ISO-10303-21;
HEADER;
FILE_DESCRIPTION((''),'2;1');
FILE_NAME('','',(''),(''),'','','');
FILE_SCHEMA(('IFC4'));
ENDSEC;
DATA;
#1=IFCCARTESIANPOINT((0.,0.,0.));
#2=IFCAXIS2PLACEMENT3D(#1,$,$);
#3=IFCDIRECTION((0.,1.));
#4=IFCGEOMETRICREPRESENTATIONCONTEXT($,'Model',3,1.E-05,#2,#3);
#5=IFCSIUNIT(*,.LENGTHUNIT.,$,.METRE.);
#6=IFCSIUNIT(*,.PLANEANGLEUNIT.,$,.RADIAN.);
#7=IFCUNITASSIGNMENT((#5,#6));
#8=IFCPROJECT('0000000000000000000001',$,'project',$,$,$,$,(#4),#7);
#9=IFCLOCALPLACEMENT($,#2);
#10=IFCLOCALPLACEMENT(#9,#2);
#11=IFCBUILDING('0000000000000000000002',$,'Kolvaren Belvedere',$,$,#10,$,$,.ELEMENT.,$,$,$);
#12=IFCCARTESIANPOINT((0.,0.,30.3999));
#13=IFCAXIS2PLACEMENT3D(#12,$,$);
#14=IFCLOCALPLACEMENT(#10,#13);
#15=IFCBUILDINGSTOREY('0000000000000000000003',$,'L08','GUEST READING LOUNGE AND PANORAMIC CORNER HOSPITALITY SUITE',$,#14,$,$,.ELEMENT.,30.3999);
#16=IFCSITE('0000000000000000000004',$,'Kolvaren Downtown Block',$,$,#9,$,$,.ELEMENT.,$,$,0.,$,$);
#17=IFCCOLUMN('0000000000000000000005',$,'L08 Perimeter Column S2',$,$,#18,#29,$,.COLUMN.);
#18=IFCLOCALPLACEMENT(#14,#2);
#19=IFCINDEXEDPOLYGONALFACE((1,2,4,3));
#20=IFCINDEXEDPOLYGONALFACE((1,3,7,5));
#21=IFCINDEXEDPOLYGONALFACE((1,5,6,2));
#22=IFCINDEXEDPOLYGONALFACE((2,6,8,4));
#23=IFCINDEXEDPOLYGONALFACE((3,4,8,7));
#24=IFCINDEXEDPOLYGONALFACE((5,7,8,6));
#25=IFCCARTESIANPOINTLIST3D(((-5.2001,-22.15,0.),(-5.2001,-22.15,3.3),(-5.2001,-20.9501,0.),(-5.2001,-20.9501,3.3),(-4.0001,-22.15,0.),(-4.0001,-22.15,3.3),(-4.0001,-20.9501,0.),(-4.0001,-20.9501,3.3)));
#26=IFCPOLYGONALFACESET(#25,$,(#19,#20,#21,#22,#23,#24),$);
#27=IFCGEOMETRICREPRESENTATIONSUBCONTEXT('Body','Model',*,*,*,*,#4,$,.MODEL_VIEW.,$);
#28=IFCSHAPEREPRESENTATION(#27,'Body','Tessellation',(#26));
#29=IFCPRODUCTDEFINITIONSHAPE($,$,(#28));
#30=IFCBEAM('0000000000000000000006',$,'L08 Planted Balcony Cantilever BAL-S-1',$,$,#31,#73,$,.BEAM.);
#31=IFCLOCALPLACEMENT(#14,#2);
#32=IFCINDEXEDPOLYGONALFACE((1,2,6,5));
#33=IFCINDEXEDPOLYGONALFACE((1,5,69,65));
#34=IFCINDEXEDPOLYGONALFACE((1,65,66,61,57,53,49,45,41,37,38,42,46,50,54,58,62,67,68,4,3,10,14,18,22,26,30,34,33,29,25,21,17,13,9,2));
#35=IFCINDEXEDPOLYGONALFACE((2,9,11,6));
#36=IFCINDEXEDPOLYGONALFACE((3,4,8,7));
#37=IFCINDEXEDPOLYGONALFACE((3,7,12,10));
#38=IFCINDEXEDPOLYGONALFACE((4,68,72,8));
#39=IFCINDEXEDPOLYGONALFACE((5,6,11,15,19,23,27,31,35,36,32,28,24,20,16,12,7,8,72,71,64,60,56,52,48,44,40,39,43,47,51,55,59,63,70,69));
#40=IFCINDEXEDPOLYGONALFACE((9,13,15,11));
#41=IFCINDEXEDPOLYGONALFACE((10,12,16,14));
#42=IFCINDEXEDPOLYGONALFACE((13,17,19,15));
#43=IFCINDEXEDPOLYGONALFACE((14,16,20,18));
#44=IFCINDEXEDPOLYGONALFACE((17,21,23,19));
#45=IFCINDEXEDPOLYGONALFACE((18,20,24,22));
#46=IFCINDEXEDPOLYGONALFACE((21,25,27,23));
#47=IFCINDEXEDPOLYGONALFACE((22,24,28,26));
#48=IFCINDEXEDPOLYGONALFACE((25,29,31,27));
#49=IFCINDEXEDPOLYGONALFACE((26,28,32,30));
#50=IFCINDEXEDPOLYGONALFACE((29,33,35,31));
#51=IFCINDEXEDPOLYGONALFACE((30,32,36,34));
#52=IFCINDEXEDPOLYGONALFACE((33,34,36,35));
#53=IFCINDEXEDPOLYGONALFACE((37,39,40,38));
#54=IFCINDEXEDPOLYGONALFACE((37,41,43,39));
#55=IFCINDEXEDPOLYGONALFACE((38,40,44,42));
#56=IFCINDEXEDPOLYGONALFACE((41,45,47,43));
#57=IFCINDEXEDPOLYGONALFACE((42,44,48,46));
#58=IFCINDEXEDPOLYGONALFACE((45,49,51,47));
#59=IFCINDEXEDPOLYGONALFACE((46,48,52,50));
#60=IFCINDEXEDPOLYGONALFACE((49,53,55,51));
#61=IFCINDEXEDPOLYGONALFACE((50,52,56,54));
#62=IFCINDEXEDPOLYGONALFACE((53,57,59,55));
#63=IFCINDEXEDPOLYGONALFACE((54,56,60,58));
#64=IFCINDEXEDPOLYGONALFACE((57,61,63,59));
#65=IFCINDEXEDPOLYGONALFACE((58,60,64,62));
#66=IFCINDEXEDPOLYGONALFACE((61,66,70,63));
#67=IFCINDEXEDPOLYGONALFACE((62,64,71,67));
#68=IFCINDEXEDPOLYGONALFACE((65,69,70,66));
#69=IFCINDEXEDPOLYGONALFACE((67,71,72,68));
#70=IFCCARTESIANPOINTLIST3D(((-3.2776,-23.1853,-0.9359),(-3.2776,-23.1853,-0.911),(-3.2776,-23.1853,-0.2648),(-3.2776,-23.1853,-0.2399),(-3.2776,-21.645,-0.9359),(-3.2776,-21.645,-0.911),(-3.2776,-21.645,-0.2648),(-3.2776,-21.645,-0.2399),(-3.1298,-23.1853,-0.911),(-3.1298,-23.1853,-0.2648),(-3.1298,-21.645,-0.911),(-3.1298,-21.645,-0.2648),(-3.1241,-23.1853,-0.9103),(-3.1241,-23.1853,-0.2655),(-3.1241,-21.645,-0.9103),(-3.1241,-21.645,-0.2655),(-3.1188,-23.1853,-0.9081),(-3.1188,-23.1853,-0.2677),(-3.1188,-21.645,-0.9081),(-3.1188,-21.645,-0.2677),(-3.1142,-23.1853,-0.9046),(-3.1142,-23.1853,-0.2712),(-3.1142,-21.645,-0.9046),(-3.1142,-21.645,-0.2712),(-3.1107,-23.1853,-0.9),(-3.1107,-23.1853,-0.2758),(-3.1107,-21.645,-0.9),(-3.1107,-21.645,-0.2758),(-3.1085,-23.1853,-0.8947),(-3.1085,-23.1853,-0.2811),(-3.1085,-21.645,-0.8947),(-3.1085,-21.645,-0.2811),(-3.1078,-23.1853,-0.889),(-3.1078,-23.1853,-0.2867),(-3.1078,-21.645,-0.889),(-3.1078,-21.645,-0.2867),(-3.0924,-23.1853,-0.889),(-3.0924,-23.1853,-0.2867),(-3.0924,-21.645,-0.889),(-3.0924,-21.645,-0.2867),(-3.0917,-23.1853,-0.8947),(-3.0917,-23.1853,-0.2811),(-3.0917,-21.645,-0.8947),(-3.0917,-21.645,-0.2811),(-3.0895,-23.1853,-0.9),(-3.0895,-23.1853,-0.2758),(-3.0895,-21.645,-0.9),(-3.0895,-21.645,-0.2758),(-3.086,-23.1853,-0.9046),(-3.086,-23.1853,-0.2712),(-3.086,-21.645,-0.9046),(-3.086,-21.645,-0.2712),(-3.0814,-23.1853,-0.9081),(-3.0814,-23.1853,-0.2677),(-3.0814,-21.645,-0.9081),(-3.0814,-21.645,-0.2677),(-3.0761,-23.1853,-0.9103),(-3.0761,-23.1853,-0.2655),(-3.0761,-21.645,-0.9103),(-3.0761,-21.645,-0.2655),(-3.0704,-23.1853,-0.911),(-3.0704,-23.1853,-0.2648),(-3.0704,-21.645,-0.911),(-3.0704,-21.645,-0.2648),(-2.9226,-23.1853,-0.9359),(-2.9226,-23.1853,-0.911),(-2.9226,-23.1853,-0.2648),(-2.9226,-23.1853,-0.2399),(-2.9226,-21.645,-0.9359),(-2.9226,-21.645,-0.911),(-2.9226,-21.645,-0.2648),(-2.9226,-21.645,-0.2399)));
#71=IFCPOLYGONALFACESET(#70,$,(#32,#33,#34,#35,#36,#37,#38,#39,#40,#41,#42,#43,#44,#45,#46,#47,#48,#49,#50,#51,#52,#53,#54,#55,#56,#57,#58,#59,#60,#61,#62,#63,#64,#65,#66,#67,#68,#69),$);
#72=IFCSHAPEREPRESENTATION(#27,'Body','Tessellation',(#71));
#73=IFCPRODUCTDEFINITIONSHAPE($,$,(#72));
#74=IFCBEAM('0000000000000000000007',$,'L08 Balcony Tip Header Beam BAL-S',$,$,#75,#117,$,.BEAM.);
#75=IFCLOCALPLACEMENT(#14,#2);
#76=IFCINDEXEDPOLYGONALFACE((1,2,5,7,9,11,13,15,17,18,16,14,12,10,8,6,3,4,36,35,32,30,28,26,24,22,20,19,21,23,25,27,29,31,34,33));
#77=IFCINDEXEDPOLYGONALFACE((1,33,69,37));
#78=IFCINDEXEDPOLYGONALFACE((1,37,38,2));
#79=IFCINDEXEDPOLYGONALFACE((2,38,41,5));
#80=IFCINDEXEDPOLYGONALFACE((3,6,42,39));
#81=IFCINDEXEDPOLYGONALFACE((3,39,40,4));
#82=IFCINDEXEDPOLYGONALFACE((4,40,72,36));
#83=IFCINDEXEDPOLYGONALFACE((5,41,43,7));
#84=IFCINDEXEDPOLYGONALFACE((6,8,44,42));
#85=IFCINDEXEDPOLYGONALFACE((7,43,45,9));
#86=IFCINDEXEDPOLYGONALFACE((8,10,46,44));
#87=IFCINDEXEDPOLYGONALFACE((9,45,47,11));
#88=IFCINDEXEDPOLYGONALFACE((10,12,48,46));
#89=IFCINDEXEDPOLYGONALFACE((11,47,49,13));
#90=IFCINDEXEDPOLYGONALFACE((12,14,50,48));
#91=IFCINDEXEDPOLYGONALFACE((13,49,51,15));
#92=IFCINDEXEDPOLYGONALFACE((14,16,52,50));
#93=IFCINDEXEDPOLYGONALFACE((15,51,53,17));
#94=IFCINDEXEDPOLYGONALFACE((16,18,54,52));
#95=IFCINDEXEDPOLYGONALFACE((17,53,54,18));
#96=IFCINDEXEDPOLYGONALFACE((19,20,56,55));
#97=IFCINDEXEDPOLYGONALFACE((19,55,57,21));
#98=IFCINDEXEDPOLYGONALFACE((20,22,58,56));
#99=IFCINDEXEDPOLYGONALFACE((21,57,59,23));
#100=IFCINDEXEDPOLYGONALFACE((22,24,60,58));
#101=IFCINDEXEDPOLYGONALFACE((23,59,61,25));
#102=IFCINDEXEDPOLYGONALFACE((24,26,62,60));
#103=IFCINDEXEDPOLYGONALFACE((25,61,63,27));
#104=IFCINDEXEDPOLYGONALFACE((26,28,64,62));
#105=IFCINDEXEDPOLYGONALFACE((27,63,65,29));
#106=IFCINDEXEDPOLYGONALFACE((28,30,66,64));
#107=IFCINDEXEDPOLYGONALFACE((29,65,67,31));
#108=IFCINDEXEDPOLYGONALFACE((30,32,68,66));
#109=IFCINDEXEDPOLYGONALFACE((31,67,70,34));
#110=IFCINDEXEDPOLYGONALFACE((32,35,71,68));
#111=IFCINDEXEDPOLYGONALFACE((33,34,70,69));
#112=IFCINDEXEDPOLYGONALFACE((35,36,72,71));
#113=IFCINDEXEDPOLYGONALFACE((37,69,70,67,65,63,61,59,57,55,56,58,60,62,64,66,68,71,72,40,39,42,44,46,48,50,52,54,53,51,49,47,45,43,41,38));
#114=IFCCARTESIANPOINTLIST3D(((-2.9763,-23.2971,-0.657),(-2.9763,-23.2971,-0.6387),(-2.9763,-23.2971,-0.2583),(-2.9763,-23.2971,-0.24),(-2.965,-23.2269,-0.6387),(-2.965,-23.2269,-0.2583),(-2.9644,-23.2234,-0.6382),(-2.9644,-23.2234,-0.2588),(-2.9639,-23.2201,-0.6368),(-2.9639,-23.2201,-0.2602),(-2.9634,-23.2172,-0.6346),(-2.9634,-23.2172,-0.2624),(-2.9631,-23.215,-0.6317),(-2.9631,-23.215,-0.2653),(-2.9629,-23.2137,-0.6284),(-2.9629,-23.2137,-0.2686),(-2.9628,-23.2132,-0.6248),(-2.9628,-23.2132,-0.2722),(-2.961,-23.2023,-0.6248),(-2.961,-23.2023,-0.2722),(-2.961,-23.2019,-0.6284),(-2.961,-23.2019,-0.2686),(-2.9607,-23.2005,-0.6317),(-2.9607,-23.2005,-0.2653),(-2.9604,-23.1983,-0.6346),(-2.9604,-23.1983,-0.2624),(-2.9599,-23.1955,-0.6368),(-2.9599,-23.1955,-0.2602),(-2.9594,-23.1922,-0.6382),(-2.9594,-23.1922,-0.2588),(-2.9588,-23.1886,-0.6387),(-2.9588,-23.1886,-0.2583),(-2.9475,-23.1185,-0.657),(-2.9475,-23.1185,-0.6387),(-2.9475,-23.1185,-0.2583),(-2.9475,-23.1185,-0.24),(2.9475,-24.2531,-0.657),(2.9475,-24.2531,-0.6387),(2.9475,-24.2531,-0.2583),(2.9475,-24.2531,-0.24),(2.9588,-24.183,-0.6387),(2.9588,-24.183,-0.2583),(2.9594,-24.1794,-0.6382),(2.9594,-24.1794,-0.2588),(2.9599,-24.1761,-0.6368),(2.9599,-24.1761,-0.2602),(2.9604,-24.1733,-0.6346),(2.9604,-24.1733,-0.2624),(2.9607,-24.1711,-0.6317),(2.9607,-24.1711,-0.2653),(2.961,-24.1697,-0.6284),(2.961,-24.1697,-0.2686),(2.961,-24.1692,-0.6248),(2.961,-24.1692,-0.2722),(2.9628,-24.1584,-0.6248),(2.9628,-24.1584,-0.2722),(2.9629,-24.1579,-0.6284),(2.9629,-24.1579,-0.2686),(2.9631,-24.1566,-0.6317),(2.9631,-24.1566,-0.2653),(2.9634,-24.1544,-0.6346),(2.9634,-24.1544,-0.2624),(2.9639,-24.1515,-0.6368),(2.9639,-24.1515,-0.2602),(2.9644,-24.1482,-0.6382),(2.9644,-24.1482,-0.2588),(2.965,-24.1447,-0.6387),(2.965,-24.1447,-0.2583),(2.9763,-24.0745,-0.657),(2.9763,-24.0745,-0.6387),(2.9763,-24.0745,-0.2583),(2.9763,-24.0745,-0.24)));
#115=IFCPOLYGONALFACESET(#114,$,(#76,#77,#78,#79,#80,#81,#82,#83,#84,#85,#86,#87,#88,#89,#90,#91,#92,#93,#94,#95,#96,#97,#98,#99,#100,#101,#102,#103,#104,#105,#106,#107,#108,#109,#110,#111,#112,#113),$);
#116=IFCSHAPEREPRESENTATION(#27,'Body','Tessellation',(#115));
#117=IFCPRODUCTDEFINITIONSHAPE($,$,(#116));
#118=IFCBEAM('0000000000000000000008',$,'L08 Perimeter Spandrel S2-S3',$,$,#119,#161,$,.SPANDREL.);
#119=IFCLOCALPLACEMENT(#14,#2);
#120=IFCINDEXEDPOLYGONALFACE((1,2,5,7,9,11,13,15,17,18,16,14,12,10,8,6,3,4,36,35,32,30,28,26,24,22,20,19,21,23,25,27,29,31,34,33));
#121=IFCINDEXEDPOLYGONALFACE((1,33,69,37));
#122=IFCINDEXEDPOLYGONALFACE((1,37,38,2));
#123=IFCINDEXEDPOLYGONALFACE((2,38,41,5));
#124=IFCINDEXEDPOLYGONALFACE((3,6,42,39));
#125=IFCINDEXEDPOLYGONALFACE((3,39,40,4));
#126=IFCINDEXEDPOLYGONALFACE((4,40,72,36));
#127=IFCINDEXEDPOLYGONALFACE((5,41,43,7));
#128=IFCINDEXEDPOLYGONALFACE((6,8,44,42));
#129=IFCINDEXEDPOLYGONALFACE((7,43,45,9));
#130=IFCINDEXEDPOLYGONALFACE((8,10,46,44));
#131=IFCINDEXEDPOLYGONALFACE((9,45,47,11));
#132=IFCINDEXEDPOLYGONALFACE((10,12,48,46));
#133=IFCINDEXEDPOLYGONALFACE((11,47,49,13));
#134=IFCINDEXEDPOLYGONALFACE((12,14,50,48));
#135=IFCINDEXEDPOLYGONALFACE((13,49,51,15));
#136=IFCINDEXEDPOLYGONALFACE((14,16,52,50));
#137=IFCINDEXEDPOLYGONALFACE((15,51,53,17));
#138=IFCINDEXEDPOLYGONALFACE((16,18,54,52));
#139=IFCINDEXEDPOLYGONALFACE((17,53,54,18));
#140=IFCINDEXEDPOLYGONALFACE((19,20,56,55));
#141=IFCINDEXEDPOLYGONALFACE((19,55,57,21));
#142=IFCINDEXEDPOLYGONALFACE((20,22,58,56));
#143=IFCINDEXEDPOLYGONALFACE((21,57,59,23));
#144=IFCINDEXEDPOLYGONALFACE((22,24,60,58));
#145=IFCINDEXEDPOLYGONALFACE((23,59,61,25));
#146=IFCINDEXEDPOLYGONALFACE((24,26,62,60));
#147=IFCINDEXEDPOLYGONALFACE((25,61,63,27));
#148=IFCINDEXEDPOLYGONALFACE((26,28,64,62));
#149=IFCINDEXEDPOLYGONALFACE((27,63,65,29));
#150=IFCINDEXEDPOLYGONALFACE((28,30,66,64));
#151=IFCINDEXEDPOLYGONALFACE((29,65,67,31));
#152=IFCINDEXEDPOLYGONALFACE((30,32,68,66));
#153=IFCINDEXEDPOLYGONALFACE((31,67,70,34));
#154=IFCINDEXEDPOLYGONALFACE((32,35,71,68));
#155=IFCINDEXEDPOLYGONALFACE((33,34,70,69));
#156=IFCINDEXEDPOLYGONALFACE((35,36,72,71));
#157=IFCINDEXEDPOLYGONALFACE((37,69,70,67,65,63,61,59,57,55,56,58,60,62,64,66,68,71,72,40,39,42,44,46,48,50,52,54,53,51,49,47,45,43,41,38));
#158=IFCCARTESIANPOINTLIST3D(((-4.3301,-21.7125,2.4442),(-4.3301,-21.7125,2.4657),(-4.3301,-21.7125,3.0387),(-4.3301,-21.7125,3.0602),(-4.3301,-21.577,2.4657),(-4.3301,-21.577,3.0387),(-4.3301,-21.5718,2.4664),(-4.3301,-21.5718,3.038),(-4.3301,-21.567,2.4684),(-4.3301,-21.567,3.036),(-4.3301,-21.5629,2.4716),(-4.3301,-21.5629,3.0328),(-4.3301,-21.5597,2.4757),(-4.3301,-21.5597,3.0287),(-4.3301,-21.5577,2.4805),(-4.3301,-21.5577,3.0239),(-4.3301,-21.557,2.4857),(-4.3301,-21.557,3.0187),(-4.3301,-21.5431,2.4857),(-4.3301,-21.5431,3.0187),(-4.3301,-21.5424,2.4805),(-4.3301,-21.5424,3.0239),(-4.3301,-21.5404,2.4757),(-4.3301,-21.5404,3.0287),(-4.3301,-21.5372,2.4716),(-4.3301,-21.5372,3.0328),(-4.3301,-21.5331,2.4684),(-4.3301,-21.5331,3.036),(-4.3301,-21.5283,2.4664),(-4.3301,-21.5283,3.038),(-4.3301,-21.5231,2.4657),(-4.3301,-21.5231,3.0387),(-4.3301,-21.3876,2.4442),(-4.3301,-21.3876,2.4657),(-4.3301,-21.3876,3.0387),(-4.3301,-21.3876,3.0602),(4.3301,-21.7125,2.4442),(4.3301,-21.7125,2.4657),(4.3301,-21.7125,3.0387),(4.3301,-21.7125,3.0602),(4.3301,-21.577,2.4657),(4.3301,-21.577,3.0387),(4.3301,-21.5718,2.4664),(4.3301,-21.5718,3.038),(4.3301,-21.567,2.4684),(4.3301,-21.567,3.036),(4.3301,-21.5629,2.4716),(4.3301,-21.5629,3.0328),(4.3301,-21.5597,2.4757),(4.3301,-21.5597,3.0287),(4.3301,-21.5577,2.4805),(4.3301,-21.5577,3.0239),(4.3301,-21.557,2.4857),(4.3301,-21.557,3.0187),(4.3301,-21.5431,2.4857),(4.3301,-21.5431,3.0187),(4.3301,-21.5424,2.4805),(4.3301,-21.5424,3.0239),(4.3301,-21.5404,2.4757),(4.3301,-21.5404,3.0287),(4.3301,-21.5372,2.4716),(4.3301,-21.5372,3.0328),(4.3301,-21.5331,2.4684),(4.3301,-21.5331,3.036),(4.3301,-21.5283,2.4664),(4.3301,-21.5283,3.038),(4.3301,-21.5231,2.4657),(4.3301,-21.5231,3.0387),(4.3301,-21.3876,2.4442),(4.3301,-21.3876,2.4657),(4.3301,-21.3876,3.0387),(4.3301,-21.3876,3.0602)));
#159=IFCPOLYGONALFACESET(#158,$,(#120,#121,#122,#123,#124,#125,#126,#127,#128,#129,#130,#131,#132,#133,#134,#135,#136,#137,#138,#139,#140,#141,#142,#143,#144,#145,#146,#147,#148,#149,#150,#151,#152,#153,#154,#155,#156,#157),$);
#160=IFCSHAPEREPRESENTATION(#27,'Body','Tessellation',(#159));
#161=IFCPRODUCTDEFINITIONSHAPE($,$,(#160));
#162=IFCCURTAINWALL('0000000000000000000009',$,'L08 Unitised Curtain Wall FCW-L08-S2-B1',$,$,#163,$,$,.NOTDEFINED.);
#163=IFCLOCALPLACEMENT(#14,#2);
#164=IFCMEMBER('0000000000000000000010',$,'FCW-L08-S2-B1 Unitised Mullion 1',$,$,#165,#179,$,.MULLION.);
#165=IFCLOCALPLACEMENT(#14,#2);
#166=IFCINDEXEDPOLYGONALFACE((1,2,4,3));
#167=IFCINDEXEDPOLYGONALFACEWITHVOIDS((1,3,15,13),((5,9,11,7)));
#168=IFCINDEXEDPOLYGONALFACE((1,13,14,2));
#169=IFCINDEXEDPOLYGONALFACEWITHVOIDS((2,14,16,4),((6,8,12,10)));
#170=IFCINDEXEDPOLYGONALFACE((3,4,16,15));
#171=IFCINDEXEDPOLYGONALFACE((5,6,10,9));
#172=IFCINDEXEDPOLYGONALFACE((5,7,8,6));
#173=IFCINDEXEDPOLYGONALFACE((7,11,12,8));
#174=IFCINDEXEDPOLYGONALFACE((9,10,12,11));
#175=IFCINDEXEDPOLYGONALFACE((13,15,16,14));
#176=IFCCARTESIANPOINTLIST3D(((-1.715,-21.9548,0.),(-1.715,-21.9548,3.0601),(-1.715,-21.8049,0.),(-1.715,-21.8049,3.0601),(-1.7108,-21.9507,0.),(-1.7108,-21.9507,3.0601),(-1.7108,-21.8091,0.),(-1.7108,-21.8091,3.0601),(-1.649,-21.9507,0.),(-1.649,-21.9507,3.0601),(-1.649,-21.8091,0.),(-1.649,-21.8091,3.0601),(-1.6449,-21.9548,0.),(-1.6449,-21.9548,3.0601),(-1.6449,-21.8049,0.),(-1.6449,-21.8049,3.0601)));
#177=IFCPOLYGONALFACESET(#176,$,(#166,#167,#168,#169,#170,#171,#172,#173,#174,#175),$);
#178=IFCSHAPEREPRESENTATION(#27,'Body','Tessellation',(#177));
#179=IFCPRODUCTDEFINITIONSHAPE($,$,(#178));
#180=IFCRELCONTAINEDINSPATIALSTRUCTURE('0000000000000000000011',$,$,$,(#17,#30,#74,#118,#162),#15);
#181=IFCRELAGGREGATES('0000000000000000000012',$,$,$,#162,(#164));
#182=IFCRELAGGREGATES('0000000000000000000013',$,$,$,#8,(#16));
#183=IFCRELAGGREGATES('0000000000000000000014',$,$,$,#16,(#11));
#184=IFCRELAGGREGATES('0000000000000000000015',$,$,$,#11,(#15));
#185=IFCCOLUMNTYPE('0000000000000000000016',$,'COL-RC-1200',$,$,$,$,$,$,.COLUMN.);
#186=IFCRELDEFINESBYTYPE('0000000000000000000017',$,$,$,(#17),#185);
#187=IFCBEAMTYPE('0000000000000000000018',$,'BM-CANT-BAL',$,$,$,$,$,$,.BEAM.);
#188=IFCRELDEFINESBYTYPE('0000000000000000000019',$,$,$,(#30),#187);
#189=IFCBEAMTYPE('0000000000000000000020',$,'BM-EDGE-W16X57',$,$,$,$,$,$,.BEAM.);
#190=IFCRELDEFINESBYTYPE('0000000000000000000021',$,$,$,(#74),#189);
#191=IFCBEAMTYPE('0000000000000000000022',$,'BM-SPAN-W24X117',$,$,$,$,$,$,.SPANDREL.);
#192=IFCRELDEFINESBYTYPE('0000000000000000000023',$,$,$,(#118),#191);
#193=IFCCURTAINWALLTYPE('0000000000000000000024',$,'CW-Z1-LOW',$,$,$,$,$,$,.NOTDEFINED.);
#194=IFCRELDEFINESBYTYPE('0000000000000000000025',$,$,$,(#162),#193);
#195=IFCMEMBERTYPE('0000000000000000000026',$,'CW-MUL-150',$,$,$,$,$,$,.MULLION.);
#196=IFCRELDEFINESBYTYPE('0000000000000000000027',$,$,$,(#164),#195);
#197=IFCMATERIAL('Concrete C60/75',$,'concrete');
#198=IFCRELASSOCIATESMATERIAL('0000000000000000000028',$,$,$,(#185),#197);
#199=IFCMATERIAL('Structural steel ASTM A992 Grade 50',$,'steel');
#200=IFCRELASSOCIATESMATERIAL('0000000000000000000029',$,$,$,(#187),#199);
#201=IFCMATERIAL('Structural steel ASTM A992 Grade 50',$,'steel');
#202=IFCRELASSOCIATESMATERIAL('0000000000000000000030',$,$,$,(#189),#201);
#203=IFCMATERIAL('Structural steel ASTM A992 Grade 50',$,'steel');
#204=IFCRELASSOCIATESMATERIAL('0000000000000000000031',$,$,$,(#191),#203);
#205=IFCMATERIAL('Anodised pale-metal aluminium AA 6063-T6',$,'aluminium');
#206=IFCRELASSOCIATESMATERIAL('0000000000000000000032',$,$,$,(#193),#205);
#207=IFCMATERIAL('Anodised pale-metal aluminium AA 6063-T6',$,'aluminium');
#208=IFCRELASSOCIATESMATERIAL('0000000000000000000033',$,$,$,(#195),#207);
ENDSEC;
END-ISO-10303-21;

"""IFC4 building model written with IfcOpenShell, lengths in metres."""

from ifc_helpers import new_model, si_unit, direction, frame, origin, origin_2d, place, context, subcontext, project, spatial, rectangle, hollow_rectangle, i_section, extrude, material, material_profile, profile_set, type_object, element, aggregate, save


model = new_model("IFC4")

# Units and contexts
model_context = context("Model", 3, precision=1e-05, world=origin(), true_north=direction((0.0, 1.0)))
body_context = subcontext(model_context, "Body", "Model", "MODEL_VIEW")
ifc_project = project(units=[si_unit("LENGTHUNIT", "METRE"), si_unit("PLANEANGLEUNIT", "RADIAN")], contexts=[model_context])

# Site, building, storey
site_placement = place(None, origin())
site = spatial("IfcSite", under=ifc_project, at=site_placement, Name="Kolvaren Downtown Block", CompositionType="ELEMENT", RefElevation=0.0)
building_placement = place(site_placement, origin())
building = spatial("IfcBuilding", under=site, at=building_placement, Name="Kolvaren Belvedere", CompositionType="ELEMENT")
storey_placement = place(building_placement, frame((0.0, 0.0, 30.3999)))
storey = spatial("IfcBuildingStorey", under=building, at=storey_placement, Name="L08", Description="GUEST READING LOUNGE AND PANORAMIC CORNER HOSPITALITY SUITE", CompositionType="ELEMENT", Elevation=30.3999)

# Column
ifc_material_1 = material(Name="Concrete C60/75", Category="concrete")
ifc_material_profile_1 = material_profile(ifc_material_1, rectangle(XDim=1.2, YDim=1.2, at=origin_2d()), Name="RC 1200X1200")
ifc_profile_set_1 = profile_set([ifc_material_profile_1], Name="Concrete C60/75")
column_type = type_object("IfcColumnType", Name="COL-RC-1200", PredefinedType="COLUMN", material=ifc_profile_set_1)
column_placement = place(storey_placement, frame((-4.6001, -21.55, 0.0), z_axis=(0.0, 0.0, 1.0), x_axis=(1.0, 0.0, 0.0)))
element("IfcColumn", 1, at=column_placement, inside=storey, type_object=column_type, Name="L08 Perimeter Column S2", PredefinedType="COLUMN", context=body_context, shape_type="SweptSolid", body=[
    extrude(rectangle(XDim=1.2, YDim=1.2, at=origin_2d()), origin(), (0.0, 0.0, 1.0), 3.3),
])

# Beams
ifc_material_2 = material(Name="Structural steel ASTM A992 Grade 50", Category="steel")
ifc_material_profile_2 = material_profile(ifc_material_2, i_section(OverallWidth=0.355, OverallDepth=0.696, WebThickness=0.0154, FlangeThickness=0.0249, FilletRadius=0.022, at=origin_2d()), Name="W27X146")
ifc_profile_set_2 = profile_set([ifc_material_profile_2], Name="Structural steel ASTM A992 Grade 50")
beam_type_1 = type_object("IfcBeamType", Name="BM-CANT-BAL", PredefinedType="BEAM", material=ifc_profile_set_2)
beam_1_placement = place(storey_placement, frame((-3.1001, -21.645, -0.5879), z_axis=(0.0, -1.0, 0.0), x_axis=(1.0, 0.0, 0.0)))
element("IfcBeam", 2, at=beam_1_placement, inside=storey, type_object=beam_type_1, Name="L08 Planted Balcony Cantilever BAL-S-1", PredefinedType="BEAM", context=body_context, shape_type="SweptSolid", body=[
    extrude(i_section(OverallWidth=0.355, OverallDepth=0.696, WebThickness=0.0154, FlangeThickness=0.0249, FilletRadius=0.022, at=origin_2d()), origin(), (0.0, 0.0, 1.0), 1.5403),
])
ifc_material_3 = material(Name="Structural steel ASTM A992 Grade 50", Category="steel")
ifc_material_profile_3 = material_profile(ifc_material_3, i_section(OverallWidth=0.1809, OverallDepth=0.417, WebThickness=0.011, FlangeThickness=0.0183, FilletRadius=0.0139, at=origin_2d()), Name="W16X57")
ifc_profile_set_3 = profile_set([ifc_material_profile_3], Name="Structural steel ASTM A992 Grade 50")
beam_type_2 = type_object("IfcBeamType", Name="BM-EDGE-W16X57", PredefinedType="BEAM", material=ifc_profile_set_3)
beam_2_placement = place(storey_placement, frame((-2.9619, -23.2078, -0.4485), z_axis=(0.987225, -0.15933, 0.0), x_axis=(0.15933, 0.987225, 0.0)))
element("IfcBeam", 3, at=beam_2_placement, inside=storey, type_object=beam_type_2, Name="L08 Balcony Tip Header Beam BAL-S", PredefinedType="BEAM", context=body_context, shape_type="SweptSolid", body=[
    extrude(i_section(OverallWidth=0.1809, OverallDepth=0.417, WebThickness=0.011, FlangeThickness=0.0183, FilletRadius=0.0139, at=origin_2d()), origin(), (0.0, 0.0, 1.0), 6.0005),
])
ifc_material_4 = material(Name="Structural steel ASTM A992 Grade 50", Category="steel")
ifc_material_profile_4 = material_profile(ifc_material_4, i_section(OverallWidth=0.325, OverallDepth=0.616, WebThickness=0.0139, FlangeThickness=0.0215, FilletRadius=0.02, at=origin_2d()), Name="W24X117")
ifc_profile_set_4 = profile_set([ifc_material_profile_4], Name="Structural steel ASTM A992 Grade 50")
beam_type_3 = type_object("IfcBeamType", Name="BM-SPAN-W24X117", PredefinedType="SPANDREL", material=ifc_profile_set_4)
beam_3_placement = place(storey_placement, frame((-4.3301, -21.55, 2.7522), z_axis=(1.0, 0.0, 0.0), x_axis=(0.0, 1.0, 0.0)))
element("IfcBeam", 4, at=beam_3_placement, inside=storey, type_object=beam_type_3, Name="L08 Perimeter Spandrel S2-S3", PredefinedType="SPANDREL", context=body_context, shape_type="SweptSolid", body=[
    extrude(i_section(OverallWidth=0.325, OverallDepth=0.616, WebThickness=0.0139, FlangeThickness=0.0215, FilletRadius=0.02, at=origin_2d()), origin(), (0.0, 0.0, 1.0), 8.6602),
])

# Curtain wall, member
ifc_material_5 = material(Name="Anodised pale-metal aluminium AA 6063-T6", Category="aluminium")
curtain_wall_type = type_object("IfcCurtainWallType", Name="CW-Z1-LOW", PredefinedType="NOTDEFINED", material=ifc_material_5)
curtain_wall_1_placement = place(storey_placement, origin())
curtain_wall_1 = element("IfcCurtainWall", 5, at=curtain_wall_1_placement, inside=storey, type_object=curtain_wall_type, Name="L08 Unitised Curtain Wall FCW-L08-S2-B1", PredefinedType="NOTDEFINED")
ifc_material_6 = material(Name="Anodised pale-metal aluminium AA 6063-T6", Category="aluminium")
ifc_material_profile_5 = material_profile(ifc_material_6, hollow_rectangle(XDim=0.0701, YDim=0.1499, WallThickness=0.0042, at=origin_2d()), Name="ALU-MUL-150X70")
ifc_profile_set_5 = profile_set([ifc_material_profile_5], Name="Anodised pale-metal aluminium AA 6063-T6")
member_type_1 = type_object("IfcMemberType", Name="CW-MUL-150", PredefinedType="MULLION", material=ifc_profile_set_5)
member_1_placement = place(storey_placement, frame((-1.6799, -21.8799, 0.0), z_axis=(0.0, 0.0, 1.0), x_axis=(1.0, 0.0, 0.0)))
member_1 = element("IfcMember", 6, at=member_1_placement, type_object=member_type_1, Name="FCW-L08-S2-B1 Unitised Mullion 1", PredefinedType="MULLION", context=body_context, shape_type="SweptSolid", body=[
    extrude(hollow_rectangle(XDim=0.0701, YDim=0.1499, WallThickness=0.0042, at=origin_2d()), origin(), (0.0, 0.0, 1.0), 3.0601),
])

aggregate(curtain_wall_1, [member_1])

save(model, "model.ifc")
